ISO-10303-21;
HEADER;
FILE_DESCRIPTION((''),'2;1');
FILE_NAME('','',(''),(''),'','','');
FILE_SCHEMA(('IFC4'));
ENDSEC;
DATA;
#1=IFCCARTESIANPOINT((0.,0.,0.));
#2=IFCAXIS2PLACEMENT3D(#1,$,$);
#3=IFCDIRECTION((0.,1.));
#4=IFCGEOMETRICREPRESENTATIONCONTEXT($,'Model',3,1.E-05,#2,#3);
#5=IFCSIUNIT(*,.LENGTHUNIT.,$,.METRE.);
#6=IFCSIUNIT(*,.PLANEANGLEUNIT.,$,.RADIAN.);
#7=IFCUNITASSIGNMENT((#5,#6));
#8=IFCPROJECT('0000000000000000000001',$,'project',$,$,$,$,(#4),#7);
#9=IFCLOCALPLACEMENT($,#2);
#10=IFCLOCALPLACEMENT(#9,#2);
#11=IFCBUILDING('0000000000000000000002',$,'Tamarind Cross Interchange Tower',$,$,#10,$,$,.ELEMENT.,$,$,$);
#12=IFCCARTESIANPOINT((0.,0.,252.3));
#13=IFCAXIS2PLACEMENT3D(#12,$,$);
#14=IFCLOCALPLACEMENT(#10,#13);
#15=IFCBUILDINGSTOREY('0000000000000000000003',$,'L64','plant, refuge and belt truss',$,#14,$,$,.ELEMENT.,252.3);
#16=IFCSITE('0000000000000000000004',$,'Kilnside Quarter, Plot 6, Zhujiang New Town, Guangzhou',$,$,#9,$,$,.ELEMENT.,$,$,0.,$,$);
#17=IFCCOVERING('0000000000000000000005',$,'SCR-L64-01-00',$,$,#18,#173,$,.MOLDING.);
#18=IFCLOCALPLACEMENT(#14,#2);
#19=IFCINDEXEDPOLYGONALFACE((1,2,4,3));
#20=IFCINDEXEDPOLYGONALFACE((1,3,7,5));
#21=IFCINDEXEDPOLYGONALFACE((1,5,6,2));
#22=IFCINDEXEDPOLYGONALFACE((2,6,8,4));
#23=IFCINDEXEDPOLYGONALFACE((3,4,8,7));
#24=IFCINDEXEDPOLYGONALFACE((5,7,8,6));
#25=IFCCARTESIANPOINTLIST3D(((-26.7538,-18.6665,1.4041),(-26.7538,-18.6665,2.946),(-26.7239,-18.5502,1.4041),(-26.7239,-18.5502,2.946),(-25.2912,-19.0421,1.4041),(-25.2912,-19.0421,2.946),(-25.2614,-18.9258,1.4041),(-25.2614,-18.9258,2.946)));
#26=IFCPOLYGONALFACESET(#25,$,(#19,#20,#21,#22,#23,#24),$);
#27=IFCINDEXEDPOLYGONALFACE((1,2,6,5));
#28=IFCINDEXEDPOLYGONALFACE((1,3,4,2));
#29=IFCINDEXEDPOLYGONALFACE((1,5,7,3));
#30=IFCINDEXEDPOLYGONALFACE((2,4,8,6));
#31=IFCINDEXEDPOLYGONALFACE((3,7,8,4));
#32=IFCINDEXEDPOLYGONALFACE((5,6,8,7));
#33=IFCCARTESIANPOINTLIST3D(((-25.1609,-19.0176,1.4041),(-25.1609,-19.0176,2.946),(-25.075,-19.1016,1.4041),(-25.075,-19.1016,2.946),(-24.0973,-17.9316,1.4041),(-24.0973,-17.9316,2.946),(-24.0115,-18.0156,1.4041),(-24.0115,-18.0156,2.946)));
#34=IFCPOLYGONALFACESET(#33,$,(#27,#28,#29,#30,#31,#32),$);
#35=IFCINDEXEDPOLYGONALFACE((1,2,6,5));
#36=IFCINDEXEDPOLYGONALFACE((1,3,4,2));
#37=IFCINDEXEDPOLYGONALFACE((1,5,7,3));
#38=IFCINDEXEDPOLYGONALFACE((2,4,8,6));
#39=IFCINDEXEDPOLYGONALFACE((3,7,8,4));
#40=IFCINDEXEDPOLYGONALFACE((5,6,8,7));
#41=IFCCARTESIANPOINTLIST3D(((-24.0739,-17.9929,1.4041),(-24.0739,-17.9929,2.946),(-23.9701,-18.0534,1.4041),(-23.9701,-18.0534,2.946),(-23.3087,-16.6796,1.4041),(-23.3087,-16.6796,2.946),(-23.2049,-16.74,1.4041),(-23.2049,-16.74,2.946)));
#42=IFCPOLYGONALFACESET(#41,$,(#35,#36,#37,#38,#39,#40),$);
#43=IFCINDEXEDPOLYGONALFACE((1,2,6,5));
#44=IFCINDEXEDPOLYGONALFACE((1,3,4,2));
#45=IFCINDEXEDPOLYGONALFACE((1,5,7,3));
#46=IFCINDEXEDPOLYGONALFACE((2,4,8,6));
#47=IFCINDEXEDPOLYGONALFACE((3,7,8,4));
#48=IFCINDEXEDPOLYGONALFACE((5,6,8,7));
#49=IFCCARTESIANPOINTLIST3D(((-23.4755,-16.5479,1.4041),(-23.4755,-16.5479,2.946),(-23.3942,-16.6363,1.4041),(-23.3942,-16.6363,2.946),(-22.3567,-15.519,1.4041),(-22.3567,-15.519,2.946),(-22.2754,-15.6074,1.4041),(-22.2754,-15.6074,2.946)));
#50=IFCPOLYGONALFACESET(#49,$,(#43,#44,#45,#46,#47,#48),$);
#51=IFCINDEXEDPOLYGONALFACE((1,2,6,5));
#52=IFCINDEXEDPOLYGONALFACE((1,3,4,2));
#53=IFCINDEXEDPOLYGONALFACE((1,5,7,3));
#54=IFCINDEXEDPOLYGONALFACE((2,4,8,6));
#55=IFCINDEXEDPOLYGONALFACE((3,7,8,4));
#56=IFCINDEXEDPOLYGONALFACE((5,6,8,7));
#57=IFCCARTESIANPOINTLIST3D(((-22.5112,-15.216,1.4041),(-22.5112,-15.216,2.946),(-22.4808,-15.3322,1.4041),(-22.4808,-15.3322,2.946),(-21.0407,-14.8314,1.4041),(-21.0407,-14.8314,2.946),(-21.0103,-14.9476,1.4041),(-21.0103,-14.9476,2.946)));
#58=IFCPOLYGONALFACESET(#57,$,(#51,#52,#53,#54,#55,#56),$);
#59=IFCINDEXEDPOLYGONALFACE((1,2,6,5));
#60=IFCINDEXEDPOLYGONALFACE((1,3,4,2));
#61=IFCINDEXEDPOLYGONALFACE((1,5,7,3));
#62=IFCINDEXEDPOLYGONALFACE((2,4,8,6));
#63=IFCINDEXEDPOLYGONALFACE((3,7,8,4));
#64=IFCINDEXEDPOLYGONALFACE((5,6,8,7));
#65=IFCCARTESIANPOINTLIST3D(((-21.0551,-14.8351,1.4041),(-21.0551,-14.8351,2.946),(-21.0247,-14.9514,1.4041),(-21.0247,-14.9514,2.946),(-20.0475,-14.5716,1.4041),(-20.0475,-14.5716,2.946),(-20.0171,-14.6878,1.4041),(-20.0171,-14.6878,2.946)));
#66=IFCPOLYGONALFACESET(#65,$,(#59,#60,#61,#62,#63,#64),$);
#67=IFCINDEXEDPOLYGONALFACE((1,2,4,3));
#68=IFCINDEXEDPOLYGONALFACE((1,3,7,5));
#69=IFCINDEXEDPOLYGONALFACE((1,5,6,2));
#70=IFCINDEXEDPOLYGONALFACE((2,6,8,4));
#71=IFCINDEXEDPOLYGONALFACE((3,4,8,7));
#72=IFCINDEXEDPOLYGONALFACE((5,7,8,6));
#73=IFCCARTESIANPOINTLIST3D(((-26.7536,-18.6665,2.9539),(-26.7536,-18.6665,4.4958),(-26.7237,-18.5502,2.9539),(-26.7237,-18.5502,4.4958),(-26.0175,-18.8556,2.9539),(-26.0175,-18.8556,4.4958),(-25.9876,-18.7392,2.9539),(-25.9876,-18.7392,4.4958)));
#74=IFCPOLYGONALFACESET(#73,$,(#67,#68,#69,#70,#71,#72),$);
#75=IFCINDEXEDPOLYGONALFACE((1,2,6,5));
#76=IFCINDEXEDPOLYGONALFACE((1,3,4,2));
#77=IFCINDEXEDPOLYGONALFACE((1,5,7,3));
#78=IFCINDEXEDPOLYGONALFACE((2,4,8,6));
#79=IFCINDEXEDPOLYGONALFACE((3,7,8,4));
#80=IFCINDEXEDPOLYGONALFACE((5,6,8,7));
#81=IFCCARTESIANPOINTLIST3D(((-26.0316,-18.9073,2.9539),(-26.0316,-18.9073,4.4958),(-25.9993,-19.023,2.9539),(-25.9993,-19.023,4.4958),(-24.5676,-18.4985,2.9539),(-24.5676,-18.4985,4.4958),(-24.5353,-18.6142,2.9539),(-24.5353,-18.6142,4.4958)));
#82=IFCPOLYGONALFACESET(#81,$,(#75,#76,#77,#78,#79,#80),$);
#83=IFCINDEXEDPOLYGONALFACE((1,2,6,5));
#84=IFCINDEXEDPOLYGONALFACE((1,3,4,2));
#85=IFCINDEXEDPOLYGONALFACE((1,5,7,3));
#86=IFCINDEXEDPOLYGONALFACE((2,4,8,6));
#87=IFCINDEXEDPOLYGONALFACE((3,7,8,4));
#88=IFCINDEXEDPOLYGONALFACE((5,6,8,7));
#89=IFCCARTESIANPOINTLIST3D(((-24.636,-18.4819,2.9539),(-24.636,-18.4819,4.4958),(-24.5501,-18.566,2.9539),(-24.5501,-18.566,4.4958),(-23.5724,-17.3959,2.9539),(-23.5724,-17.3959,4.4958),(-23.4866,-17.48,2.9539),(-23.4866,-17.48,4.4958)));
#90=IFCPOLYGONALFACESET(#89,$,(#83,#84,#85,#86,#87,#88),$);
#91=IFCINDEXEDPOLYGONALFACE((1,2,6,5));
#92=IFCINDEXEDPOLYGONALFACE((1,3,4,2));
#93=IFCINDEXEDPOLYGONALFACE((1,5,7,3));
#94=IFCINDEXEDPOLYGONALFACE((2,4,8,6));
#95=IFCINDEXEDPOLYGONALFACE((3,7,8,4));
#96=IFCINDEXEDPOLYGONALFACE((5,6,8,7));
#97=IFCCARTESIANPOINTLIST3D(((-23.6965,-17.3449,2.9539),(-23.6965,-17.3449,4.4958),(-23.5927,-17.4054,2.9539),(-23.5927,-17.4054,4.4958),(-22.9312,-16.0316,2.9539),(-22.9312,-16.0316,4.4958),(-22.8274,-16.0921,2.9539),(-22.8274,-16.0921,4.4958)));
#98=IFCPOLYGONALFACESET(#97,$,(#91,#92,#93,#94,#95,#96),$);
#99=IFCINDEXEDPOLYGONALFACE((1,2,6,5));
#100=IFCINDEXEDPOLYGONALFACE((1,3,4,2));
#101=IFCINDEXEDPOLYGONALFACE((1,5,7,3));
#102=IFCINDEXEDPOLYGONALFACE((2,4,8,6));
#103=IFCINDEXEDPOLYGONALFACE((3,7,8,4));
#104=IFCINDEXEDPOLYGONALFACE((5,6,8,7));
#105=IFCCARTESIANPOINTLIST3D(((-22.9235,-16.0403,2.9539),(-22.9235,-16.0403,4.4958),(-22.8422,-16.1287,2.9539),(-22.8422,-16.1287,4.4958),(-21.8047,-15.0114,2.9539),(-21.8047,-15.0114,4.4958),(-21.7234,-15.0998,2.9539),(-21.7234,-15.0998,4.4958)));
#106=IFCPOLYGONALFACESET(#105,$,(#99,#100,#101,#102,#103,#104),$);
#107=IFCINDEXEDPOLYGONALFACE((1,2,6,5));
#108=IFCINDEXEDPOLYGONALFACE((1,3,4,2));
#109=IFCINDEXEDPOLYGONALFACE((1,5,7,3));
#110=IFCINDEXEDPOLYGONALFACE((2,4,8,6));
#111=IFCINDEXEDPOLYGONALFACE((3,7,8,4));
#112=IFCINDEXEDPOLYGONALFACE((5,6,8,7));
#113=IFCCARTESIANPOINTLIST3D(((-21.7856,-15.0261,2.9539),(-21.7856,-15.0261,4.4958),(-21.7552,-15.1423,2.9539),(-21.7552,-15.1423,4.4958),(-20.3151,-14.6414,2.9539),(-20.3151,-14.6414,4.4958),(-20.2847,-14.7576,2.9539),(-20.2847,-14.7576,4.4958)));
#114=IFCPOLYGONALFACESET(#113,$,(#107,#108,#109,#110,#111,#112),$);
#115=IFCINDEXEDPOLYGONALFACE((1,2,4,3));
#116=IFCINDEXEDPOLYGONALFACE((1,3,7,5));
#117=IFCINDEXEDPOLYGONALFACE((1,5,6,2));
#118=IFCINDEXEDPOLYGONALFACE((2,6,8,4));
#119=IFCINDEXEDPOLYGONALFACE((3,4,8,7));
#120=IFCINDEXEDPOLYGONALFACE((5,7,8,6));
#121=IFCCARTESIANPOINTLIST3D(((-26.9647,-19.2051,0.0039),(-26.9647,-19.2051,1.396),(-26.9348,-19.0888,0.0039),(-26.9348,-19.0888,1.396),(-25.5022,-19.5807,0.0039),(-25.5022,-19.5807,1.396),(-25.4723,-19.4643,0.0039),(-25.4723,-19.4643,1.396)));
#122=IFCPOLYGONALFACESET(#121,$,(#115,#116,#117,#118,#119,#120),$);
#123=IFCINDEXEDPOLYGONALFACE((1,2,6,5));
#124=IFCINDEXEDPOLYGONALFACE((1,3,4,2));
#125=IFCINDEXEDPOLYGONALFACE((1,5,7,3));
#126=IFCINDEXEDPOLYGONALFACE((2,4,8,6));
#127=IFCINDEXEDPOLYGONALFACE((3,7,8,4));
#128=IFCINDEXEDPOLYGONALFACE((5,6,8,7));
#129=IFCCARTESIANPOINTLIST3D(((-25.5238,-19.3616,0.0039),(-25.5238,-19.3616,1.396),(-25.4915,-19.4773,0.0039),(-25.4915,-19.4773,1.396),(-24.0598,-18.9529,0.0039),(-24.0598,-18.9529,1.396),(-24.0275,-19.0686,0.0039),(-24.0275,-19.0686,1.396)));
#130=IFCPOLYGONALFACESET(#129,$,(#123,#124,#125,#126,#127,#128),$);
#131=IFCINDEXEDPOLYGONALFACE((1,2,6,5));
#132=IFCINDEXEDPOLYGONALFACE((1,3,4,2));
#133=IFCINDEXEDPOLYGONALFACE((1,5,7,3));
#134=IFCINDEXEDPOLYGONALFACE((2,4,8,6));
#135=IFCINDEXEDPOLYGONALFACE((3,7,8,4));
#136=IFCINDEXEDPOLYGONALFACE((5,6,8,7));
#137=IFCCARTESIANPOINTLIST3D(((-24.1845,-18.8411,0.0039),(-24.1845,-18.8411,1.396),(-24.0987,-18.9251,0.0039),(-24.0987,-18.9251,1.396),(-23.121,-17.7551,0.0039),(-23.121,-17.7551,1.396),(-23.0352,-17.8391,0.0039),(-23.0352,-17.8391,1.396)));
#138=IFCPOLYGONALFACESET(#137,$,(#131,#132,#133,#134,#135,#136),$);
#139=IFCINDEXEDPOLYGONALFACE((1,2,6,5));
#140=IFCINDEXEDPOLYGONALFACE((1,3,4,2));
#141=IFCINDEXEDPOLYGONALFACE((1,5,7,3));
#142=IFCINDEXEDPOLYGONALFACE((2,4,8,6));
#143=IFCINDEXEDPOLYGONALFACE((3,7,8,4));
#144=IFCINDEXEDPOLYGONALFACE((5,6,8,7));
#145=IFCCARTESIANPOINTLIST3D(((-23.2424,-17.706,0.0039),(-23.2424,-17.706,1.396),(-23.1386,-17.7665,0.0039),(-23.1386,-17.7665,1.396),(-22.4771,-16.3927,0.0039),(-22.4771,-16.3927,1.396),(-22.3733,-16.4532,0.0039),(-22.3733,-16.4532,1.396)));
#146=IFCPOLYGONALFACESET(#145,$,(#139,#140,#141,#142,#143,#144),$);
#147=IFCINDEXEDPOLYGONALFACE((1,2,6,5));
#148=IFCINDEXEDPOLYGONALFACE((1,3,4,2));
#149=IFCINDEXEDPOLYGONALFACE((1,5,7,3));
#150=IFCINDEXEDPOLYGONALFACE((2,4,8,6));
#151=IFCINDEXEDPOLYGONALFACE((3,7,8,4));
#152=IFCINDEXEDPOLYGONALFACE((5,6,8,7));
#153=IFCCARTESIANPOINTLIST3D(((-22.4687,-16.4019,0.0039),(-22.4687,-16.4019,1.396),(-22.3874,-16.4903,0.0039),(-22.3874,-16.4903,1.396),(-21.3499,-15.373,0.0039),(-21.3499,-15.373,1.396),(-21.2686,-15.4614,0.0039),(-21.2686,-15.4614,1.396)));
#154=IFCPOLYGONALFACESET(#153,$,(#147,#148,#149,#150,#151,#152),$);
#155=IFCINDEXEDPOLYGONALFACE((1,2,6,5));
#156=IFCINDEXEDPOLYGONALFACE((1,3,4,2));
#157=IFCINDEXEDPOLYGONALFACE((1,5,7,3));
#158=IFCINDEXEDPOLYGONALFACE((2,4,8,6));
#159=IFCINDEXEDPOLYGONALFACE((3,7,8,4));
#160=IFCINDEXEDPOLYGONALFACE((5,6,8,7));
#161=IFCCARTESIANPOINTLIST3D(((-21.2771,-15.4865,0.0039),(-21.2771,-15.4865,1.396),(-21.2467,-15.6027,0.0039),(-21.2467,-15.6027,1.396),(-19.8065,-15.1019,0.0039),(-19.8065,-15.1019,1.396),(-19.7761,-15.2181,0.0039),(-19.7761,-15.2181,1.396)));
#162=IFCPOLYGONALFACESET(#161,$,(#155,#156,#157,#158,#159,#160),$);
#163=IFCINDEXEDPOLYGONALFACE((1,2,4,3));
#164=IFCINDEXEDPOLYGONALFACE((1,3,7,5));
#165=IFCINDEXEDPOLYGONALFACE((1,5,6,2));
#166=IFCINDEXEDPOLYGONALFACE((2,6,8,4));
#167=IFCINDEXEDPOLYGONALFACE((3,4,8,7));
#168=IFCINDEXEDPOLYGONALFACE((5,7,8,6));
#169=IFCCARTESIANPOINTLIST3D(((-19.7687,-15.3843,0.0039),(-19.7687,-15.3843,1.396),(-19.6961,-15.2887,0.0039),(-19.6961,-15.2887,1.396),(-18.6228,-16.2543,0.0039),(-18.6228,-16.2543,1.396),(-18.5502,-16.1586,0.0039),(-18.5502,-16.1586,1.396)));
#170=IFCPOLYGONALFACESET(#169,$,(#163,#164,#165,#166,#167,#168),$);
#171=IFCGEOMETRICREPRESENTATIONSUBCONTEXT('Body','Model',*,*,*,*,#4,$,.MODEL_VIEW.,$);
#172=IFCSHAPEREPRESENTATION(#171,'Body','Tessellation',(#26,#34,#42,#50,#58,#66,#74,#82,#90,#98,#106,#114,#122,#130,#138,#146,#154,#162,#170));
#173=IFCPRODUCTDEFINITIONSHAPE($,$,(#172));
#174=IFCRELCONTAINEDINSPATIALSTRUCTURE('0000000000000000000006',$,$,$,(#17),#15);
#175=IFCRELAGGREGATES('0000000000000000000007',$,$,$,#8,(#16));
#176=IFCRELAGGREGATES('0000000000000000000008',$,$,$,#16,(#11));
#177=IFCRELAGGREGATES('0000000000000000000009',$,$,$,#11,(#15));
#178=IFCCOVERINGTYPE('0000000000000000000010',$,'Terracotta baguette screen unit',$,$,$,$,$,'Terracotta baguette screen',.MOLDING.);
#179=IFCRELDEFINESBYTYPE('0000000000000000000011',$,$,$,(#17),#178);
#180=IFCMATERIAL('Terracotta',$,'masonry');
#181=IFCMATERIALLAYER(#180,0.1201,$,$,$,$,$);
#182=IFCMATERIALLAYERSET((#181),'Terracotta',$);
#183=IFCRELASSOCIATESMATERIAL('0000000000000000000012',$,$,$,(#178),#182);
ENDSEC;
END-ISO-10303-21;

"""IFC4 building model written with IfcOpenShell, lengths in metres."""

from ifc_helpers import new_model, si_unit, direction, frame, origin, origin_2d, place, context, subcontext, project, spatial, rectangle, extrude, material, layer, layer_set, type_object, element, save


model = new_model("IFC4")

# Units and contexts
model_context = context("Model", 3, precision=1e-05, world=origin(), true_north=direction((0.0, 1.0)))
body_context = subcontext(model_context, "Body", "Model", "MODEL_VIEW")
ifc_project = project(units=[si_unit("LENGTHUNIT", "METRE"), si_unit("PLANEANGLEUNIT", "RADIAN")], contexts=[model_context])

# Site, building, storey
site_placement = place(None, origin())
site = spatial("IfcSite", under=ifc_project, at=site_placement, Name="Kilnside Quarter, Plot 6, Zhujiang New Town, Guangzhou", CompositionType="ELEMENT", RefElevation=0.0)
building_placement = place(site_placement, origin())
building = spatial("IfcBuilding", under=site, at=building_placement, Name="Tamarind Cross Interchange Tower", CompositionType="ELEMENT")
storey_placement = place(building_placement, frame((0.0, 0.0, 252.3)))
storey = spatial("IfcBuildingStorey", under=building, at=storey_placement, Name="L64", Description="plant, refuge and belt truss", CompositionType="ELEMENT", Elevation=252.3)

# Covering
ifc_material_1 = material(Name="Terracotta", Category="masonry")
ifc_layer_1 = layer(ifc_material_1, 0.1201)
ifc_layer_set_1 = layer_set([ifc_layer_1], Name="Terracotta")
covering_type = type_object("IfcCoveringType", Name="Terracotta baguette screen unit", ElementType="Terracotta baguette screen", PredefinedType="MOLDING", material=ifc_layer_set_1)
covering_1_placement = place(storey_placement, origin())
element("IfcCovering", 1, at=covering_1_placement, inside=storey, type_object=covering_type, Name="SCR-L64-01-00", PredefinedType="MOLDING", context=body_context, shape_type="SweptSolid", body=[
    extrude(rectangle(XDim=1.51, YDim=0.1201, at=origin_2d()), frame((-26.0076, -18.7961, 1.4041), z_axis=(0.0, 0.0, 1.0), x_axis=(0.968576, -0.248717, 0.0)), (0.0, 0.0, 1.0), 1.542),
    extrude(rectangle(XDim=1.52, YDim=0.1201, at=origin_2d()), frame((-24.5862, -18.5166, 1.4041), z_axis=(0.0, 0.0, 1.0), x_axis=(0.699683, 0.714453, 0.0)), (0.0, 0.0, 1.0), 1.542),
    extrude(rectangle(XDim=1.52, YDim=0.1201, at=origin_2d()), frame((-23.6394, -17.3665, 1.4041), z_axis=(0.0, 0.0, 1.0), x_axis=(0.503461, 0.864018, 0.0)), (0.0, 0.0, 1.0), 1.542),
    extrude(rectangle(XDim=1.52, YDim=0.1201, at=origin_2d()), frame((-22.8755, -16.0776, 1.4041), z_axis=(0.0, 0.0, 1.0), x_axis=(0.73605, 0.676927, 0.0)), (0.0, 0.0, 1.0), 1.542),
    extrude(rectangle(XDim=1.52, YDim=0.1201, at=origin_2d()), frame((-21.7607, -15.0818, 1.4041), z_axis=(0.0, 0.0, 1.0), x_axis=(0.967453, 0.253049, 0.0)), (0.0, 0.0, 1.0), 1.542),
    extrude(rectangle(XDim=1.0415, YDim=0.1201, at=origin_2d()), frame((-20.5361, -14.7615, 1.4041), z_axis=(0.0, 0.0, 1.0), x_axis=(0.967453, 0.253049, 0.0)), (0.0, 0.0, 1.0), 1.542),
    extrude(rectangle(XDim=0.76, YDim=0.1201, at=origin_2d()), frame((-26.3706, -18.7029, 2.9539), z_axis=(0.0, 0.0, 1.0), x_axis=(0.968576, -0.248717, 0.0)), (0.0, 0.0, 1.0), 1.542),
    extrude(rectangle(XDim=1.52, YDim=0.1201, at=origin_2d()), frame((-25.2834, -18.7607, 2.9539), z_axis=(0.0, 0.0, 1.0), x_axis=(0.96317, 0.268893, 0.0)), (0.0, 0.0, 1.0), 1.542),
    extrude(rectangle(XDim=1.52, YDim=0.1201, at=origin_2d()), frame((-24.0613, -17.981, 2.9539), z_axis=(0.0, 0.0, 1.0), x_axis=(0.699683, 0.714453, 0.0)), (0.0, 0.0, 1.0), 1.542),
    extrude(rectangle(XDim=1.52, YDim=0.1201, at=origin_2d()), frame((-23.262, -16.7185, 2.9539), z_axis=(0.0, 0.0, 1.0), x_axis=(0.503461, 0.864018, 0.0)), (0.0, 0.0, 1.0), 1.542),
    extrude(rectangle(XDim=1.52, YDim=0.1201, at=origin_2d()), frame((-22.3235, -15.5701, 2.9539), z_axis=(0.0, 0.0, 1.0), x_axis=(0.73605, 0.676927, 0.0)), (0.0, 0.0, 1.0), 1.542),
    extrude(rectangle(XDim=1.52, YDim=0.1201, at=origin_2d()), frame((-21.0352, -14.8918, 2.9539), z_axis=(0.0, 0.0, 1.0), x_axis=(0.967453, 0.253049, 0.0)), (0.0, 0.0, 1.0), 1.542),
    extrude(rectangle(XDim=1.51, YDim=0.1201, at=origin_2d()), frame((-26.2185, -19.3347, 0.0039), z_axis=(0.0, 0.0, 1.0), x_axis=(0.968576, -0.248717, 0.0)), (0.0, 0.0, 1.0), 1.3921),
    extrude(rectangle(XDim=1.52, YDim=0.1201, at=origin_2d()), frame((-24.7756, -19.2151, 0.0039), z_axis=(0.0, 0.0, 1.0), x_axis=(0.96317, 0.268893, 0.0)), (0.0, 0.0, 1.0), 1.3921),
    extrude(rectangle(XDim=1.52, YDim=0.1201, at=origin_2d()), frame((-23.6099, -18.3401, 0.0039), z_axis=(0.0, 0.0, 1.0), x_axis=(0.699683, 0.714453, 0.0)), (0.0, 0.0, 1.0), 1.3921),
    extrude(rectangle(XDim=1.52, YDim=0.1201, at=origin_2d()), frame((-22.8079, -17.0796, 0.0039), z_axis=(0.0, 0.0, 1.0), x_axis=(0.503461, 0.864018, 0.0)), (0.0, 0.0, 1.0), 1.3921),
    extrude(rectangle(XDim=1.52, YDim=0.1201, at=origin_2d()), frame((-21.8687, -15.9316, 0.0039), z_axis=(0.0, 0.0, 1.0), x_axis=(0.73605, 0.676927, 0.0)), (0.0, 0.0, 1.0), 1.3921),
    extrude(rectangle(XDim=1.52, YDim=0.1201, at=origin_2d()), frame((-20.5266, -15.3523, 0.0039), z_axis=(0.0, 0.0, 1.0), x_axis=(0.967453, 0.253049, 0.0)), (0.0, 0.0, 1.0), 1.3921),
    extrude(rectangle(XDim=1.4387, YDim=0.1201, at=origin_2d()), frame((-19.1594, -15.7715, 0.0039), z_axis=(0.0, 0.0, 1.0), x_axis=(0.796472, -0.604676, 0.0)), (0.0, 0.0, 1.0), 1.3921),
])

save(model, "model.ifc")
